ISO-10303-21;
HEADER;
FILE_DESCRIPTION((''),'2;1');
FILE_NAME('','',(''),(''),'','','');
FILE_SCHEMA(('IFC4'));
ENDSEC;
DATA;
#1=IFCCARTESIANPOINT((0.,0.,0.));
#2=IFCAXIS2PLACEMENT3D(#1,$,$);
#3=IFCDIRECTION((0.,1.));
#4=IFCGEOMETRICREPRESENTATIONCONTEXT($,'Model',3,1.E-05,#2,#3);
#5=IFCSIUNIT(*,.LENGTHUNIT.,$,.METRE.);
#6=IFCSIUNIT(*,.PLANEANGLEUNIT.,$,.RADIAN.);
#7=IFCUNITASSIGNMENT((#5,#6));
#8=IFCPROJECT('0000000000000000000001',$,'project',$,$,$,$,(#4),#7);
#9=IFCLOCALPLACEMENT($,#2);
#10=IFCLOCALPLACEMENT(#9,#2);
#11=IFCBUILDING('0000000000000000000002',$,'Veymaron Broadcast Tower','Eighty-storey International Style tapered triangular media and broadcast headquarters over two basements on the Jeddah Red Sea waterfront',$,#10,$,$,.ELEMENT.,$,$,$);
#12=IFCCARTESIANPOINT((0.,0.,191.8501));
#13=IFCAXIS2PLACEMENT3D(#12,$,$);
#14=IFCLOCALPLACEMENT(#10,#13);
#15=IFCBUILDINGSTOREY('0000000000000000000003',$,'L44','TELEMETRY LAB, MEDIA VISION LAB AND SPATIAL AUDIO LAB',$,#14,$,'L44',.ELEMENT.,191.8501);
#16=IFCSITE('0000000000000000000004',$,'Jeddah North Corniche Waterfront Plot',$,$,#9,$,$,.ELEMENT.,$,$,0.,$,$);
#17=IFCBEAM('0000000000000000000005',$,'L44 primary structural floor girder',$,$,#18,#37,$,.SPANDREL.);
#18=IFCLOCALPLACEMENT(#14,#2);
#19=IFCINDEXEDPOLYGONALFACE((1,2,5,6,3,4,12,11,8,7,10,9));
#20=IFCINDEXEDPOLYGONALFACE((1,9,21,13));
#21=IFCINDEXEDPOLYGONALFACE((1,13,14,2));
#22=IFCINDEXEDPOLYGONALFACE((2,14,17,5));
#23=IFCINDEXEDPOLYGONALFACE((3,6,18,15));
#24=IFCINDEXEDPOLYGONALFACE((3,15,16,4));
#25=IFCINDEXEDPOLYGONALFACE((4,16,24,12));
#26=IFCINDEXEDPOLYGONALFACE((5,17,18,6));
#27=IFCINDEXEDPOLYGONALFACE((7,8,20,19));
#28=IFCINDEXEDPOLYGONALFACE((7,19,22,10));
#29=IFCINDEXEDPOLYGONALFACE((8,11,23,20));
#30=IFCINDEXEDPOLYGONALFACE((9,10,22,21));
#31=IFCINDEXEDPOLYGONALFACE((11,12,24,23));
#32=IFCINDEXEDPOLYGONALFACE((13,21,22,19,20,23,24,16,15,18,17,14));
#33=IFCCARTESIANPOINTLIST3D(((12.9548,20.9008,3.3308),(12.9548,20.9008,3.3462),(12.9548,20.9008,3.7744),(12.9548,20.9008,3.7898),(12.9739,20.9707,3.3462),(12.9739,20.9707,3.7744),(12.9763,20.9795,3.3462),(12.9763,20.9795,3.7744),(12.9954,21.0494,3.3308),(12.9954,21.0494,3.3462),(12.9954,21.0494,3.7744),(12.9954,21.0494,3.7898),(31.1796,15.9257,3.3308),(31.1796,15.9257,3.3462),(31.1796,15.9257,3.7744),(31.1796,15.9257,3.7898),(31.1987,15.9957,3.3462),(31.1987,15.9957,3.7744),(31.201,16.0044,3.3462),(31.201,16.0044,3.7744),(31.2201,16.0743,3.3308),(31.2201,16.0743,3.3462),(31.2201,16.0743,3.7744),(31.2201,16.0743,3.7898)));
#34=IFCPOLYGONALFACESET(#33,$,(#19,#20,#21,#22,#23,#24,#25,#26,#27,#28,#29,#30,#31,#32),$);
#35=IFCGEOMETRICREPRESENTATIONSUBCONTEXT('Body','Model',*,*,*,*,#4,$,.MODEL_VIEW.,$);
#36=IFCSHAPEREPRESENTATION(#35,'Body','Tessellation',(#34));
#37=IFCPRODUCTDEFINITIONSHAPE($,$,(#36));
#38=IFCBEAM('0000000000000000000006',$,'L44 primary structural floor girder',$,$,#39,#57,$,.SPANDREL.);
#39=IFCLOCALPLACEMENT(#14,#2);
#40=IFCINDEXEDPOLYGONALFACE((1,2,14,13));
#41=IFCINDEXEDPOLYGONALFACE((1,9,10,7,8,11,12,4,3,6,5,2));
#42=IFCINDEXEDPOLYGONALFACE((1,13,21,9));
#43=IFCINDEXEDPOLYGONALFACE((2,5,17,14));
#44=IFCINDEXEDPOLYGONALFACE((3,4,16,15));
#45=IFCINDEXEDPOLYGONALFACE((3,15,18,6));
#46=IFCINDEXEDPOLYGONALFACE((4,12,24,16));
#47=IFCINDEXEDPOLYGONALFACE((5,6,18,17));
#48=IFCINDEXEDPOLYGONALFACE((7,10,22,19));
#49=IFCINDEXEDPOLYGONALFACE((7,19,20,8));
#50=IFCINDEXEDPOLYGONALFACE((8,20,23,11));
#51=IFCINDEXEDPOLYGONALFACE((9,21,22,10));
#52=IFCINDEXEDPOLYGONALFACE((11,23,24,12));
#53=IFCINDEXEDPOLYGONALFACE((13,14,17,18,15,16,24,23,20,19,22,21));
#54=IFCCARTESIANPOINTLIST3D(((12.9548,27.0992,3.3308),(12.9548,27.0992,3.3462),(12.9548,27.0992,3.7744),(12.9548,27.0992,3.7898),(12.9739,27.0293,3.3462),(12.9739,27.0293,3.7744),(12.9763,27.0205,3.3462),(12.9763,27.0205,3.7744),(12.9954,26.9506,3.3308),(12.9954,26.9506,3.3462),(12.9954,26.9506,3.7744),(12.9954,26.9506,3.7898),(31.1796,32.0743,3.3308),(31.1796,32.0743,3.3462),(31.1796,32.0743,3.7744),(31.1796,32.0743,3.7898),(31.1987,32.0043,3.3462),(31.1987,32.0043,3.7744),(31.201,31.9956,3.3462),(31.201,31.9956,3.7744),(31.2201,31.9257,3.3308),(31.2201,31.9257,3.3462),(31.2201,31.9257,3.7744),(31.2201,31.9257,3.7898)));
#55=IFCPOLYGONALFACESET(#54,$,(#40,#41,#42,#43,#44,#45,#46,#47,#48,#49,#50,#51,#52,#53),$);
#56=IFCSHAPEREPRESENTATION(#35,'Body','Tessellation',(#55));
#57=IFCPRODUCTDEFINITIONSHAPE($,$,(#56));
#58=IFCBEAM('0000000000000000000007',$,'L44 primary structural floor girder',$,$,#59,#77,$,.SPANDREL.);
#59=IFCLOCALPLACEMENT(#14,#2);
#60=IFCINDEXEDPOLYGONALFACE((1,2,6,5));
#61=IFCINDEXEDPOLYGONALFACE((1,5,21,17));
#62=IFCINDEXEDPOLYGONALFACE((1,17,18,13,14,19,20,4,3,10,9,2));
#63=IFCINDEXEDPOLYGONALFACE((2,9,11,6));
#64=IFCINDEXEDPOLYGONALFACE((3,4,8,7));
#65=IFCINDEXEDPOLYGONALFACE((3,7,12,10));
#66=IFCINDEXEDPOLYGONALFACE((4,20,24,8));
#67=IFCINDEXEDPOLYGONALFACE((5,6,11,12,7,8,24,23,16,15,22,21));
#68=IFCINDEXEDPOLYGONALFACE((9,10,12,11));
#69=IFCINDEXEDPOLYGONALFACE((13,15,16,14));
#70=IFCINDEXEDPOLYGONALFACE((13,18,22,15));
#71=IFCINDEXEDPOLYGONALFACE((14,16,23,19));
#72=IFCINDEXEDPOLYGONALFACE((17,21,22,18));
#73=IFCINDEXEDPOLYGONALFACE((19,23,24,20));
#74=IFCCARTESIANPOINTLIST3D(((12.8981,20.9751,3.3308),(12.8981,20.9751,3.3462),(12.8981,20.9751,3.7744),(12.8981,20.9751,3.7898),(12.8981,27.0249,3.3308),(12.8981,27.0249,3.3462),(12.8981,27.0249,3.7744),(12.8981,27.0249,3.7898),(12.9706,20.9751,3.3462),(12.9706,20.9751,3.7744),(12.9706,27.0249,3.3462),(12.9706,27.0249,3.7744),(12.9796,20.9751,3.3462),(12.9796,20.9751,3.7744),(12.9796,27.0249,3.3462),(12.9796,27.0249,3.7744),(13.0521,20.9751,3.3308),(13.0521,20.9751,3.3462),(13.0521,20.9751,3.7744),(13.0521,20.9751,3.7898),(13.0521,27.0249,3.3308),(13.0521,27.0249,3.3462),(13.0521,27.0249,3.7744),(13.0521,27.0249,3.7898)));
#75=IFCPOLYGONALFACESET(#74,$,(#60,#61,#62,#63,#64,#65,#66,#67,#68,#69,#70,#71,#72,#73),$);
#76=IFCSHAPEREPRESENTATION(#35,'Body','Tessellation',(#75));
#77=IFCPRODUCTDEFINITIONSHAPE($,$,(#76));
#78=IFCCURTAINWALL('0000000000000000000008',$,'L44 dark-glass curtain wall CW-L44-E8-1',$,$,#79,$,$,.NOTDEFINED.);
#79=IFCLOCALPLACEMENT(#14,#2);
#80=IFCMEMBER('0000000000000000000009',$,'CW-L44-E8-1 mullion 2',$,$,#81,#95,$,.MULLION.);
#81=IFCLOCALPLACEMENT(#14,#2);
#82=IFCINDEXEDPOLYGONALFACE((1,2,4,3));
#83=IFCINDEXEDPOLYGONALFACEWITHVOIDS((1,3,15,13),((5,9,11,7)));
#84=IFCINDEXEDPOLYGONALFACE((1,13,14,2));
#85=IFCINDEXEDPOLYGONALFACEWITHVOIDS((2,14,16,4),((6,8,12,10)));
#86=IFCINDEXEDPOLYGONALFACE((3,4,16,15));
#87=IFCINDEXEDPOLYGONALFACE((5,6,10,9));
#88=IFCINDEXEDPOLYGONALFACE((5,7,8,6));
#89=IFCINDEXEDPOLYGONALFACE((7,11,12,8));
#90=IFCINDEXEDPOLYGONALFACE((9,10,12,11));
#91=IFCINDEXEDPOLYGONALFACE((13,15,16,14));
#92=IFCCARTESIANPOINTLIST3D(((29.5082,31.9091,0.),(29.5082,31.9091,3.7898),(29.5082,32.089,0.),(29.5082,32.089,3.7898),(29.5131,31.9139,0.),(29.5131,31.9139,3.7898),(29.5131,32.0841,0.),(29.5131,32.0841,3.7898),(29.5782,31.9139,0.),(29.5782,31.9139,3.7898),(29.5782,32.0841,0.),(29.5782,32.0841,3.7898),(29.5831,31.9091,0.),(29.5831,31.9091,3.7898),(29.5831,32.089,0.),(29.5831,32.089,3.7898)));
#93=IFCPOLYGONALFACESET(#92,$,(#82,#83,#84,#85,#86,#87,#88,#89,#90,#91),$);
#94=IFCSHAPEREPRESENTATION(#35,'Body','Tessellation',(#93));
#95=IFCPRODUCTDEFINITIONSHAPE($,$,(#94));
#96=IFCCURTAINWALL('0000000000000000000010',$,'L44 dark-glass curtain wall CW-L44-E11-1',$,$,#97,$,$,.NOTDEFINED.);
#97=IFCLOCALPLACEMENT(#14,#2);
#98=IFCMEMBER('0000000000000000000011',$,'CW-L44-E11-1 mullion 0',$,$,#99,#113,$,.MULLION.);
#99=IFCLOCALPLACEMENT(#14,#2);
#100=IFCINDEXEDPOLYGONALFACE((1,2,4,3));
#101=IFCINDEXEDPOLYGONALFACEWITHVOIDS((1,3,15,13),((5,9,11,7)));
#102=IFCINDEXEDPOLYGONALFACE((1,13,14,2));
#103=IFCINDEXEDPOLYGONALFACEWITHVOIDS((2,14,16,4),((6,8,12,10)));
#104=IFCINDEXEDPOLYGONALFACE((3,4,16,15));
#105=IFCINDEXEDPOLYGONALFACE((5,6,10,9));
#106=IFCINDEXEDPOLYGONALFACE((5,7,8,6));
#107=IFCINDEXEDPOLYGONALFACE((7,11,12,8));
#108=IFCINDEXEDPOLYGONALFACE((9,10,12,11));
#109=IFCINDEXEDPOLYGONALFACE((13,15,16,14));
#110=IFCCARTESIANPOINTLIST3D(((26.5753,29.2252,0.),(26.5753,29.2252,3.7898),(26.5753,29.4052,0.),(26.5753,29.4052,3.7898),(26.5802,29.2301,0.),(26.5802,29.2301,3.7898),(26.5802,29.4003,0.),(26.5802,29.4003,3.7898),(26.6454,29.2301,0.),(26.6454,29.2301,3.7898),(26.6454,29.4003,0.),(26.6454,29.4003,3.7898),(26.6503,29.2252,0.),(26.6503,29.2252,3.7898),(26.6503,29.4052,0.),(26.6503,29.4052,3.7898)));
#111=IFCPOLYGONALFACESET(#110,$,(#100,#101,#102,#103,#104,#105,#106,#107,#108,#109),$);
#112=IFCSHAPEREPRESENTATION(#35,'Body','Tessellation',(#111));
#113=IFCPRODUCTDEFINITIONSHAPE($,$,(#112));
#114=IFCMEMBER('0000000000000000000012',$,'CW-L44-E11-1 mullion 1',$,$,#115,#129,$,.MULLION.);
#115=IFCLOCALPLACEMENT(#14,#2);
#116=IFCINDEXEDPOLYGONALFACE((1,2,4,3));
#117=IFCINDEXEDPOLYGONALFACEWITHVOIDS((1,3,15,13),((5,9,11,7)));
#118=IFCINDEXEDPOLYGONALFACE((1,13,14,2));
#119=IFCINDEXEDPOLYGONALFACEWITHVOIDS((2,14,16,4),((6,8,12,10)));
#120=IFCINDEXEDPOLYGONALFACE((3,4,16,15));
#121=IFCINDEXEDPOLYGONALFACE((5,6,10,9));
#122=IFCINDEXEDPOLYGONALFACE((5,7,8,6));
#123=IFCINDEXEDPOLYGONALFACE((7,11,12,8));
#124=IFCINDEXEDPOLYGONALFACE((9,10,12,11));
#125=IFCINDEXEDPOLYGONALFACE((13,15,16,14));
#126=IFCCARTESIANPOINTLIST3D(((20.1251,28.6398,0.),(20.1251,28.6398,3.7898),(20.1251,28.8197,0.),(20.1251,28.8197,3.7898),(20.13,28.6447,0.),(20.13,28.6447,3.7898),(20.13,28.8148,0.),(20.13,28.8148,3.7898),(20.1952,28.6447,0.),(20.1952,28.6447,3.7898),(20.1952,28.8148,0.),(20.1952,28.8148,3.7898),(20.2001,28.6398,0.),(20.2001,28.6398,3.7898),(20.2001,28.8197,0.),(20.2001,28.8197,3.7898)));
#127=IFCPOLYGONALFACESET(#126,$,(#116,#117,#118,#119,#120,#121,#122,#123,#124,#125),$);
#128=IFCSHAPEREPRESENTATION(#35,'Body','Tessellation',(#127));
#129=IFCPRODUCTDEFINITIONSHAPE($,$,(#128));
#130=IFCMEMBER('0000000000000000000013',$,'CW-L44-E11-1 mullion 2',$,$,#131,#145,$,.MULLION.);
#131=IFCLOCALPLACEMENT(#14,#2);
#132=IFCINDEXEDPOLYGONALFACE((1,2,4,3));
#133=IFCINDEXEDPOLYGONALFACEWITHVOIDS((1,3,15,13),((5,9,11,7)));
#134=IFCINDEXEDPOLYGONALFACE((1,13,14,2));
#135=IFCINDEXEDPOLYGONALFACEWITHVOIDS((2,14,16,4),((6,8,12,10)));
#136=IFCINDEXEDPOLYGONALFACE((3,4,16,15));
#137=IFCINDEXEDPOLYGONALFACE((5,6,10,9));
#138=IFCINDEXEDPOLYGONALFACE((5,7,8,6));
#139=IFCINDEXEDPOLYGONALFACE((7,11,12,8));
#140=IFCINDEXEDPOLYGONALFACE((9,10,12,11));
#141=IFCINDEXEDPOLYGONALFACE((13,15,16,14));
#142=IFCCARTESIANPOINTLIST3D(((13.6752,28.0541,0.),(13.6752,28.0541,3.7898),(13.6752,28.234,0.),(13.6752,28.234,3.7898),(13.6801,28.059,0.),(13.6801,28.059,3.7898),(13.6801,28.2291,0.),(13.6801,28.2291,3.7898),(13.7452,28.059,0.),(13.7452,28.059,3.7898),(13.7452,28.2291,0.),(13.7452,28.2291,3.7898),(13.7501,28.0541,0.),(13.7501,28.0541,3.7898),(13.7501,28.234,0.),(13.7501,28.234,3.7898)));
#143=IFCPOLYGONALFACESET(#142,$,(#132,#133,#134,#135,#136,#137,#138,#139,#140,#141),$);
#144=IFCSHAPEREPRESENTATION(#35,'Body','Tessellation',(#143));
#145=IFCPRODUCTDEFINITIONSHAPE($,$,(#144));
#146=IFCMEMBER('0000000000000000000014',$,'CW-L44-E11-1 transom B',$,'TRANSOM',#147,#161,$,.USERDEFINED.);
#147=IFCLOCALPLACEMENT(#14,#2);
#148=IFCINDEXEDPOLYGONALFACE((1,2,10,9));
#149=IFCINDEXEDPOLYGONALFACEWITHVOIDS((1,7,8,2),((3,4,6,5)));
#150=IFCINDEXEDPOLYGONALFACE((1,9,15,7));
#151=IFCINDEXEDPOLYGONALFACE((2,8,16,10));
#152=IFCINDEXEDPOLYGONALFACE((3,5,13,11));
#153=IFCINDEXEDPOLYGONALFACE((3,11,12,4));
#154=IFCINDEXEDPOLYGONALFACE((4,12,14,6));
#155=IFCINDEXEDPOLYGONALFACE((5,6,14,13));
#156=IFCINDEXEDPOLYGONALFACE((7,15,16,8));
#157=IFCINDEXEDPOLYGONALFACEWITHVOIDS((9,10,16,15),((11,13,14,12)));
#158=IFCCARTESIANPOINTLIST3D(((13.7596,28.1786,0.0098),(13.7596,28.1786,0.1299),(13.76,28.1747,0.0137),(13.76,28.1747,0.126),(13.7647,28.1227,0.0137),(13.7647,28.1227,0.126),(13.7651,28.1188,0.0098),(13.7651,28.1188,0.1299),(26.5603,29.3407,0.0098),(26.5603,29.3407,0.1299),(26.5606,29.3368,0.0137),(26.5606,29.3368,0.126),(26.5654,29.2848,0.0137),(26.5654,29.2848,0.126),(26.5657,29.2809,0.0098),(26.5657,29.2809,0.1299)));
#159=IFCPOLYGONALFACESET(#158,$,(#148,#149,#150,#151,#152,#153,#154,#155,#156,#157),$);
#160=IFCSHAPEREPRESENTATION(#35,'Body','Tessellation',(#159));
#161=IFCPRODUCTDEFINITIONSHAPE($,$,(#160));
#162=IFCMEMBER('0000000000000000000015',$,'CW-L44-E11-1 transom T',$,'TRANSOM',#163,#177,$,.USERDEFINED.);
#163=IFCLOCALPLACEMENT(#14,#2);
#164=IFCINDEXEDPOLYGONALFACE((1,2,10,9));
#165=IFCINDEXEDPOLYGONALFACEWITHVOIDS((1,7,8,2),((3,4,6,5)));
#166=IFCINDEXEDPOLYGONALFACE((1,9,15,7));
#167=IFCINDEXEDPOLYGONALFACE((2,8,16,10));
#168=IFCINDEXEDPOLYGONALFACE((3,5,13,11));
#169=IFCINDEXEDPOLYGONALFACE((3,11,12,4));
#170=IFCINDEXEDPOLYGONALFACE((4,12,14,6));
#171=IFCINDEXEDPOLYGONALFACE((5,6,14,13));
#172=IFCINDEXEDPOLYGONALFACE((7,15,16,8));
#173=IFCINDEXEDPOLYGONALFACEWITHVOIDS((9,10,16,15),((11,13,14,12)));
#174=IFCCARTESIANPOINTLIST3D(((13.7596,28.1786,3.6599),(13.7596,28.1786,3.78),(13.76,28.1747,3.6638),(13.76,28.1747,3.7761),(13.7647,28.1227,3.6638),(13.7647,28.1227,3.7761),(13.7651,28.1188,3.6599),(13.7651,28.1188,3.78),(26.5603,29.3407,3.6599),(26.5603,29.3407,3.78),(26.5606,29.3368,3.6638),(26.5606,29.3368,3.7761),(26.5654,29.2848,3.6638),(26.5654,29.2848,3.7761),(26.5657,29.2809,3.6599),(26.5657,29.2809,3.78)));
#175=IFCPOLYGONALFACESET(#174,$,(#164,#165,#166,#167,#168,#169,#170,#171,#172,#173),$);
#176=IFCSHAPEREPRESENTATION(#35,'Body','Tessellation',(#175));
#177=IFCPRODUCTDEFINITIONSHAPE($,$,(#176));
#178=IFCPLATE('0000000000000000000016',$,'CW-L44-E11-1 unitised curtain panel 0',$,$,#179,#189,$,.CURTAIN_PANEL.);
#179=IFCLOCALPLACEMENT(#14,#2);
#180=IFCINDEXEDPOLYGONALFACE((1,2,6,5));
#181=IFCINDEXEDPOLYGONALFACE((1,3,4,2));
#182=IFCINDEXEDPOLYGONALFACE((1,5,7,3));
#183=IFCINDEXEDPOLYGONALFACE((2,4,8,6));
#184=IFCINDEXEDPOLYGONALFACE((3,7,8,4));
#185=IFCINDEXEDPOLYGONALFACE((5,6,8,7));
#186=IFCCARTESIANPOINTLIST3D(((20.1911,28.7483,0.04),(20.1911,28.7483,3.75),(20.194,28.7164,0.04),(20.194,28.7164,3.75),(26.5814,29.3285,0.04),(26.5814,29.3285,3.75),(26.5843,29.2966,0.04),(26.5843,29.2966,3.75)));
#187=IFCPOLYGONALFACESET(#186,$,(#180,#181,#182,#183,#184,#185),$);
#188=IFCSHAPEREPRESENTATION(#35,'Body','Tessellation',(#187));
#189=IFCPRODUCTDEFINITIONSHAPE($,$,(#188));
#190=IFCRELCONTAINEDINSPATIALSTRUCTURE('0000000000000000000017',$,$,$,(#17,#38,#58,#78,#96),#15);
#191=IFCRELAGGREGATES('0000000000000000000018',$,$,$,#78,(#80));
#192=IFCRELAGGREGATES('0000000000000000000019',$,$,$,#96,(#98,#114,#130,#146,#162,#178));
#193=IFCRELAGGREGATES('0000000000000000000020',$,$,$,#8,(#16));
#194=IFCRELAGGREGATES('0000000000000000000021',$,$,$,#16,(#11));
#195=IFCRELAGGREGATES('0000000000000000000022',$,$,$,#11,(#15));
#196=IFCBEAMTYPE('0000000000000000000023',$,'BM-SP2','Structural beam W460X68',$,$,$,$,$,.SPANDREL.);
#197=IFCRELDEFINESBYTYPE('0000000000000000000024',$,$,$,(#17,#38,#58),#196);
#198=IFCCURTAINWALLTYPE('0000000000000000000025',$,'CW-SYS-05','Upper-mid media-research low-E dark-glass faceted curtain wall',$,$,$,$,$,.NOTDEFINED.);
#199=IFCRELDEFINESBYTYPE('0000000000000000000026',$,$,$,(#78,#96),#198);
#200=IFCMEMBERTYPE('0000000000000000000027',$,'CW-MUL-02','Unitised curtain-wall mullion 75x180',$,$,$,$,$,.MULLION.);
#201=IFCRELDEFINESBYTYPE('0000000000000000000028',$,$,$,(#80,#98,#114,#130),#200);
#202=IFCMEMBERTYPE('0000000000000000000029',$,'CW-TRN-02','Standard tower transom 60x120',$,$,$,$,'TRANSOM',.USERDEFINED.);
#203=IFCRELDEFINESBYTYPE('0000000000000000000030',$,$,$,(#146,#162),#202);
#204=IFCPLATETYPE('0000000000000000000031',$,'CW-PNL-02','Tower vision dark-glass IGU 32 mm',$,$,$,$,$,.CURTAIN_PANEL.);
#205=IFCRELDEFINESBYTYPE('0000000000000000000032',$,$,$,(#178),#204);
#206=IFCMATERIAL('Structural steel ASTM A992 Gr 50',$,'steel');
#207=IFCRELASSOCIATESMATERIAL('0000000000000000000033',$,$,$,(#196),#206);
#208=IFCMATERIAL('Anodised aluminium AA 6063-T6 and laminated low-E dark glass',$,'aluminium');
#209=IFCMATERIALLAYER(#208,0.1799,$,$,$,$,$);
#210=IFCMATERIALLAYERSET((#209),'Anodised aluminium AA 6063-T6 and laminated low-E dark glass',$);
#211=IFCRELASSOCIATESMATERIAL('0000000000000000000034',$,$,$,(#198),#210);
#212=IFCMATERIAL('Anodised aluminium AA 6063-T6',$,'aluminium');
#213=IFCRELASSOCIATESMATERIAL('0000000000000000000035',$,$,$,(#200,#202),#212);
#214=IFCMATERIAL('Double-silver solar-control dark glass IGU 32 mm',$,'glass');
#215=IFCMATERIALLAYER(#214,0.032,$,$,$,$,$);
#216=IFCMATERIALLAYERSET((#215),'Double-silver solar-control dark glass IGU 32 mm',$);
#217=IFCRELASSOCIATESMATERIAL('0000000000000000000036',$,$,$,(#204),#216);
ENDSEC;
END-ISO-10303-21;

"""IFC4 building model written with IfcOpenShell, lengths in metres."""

from ifc_helpers import new_model, si_unit, direction, frame, origin, origin_2d, place, context, subcontext, project, spatial, rectangle, hollow_rectangle, i_section, extrude, material, layer, layer_set, material_profile, profile_set, type_object, element, aggregate, save


model = new_model("IFC4")

# Units and contexts
model_context = context("Model", 3, precision=1e-05, world=origin(), true_north=direction((0.0, 1.0)))
body_context = subcontext(model_context, "Body", "Model", "MODEL_VIEW")
ifc_project = project(units=[si_unit("LENGTHUNIT", "METRE"), si_unit("PLANEANGLEUNIT", "RADIAN")], contexts=[model_context])

# Site, building, storey
site_placement = place(None, origin())
site = spatial("IfcSite", under=ifc_project, at=site_placement, Name="Jeddah North Corniche Waterfront Plot", CompositionType="ELEMENT", RefElevation=0.0)
building_placement = place(site_placement, origin())
building = spatial("IfcBuilding", under=site, at=building_placement, Name="Veymaron Broadcast Tower", Description="Eighty-storey International Style tapered triangular media and broadcast headquarters over two basements on the Jeddah Red Sea waterfront", CompositionType="ELEMENT")
storey_placement = place(building_placement, frame((0.0, 0.0, 191.8501)))
storey = spatial("IfcBuildingStorey", under=building, at=storey_placement, Name="L44", Description="TELEMETRY LAB, MEDIA VISION LAB AND SPATIAL AUDIO LAB", LongName="L44", CompositionType="ELEMENT", Elevation=191.8501)

# Beams
ifc_material_1 = material(Name="Structural steel ASTM A992 Gr 50", Category="steel")
ifc_material_profile_1 = material_profile(ifc_material_1, i_section(OverallWidth=0.1541, OverallDepth=0.459, WebThickness=0.009, FlangeThickness=0.0154, at=origin_2d()), Name="W460X68")
ifc_profile_set_1 = profile_set([ifc_material_profile_1], Name="Structural steel ASTM A992 Gr 50")
beam_type_1 = type_object("IfcBeamType", Name="BM-SP2", Description="Structural beam W460X68", PredefinedType="SPANDREL", material=ifc_profile_set_1)
for number, where, z_axis, x_axis, name in (
    (1, (12.9751, 20.9751, 3.5603), (0.964701, -0.263348, 0.0), (0.263348, 0.964701, 0.0), "L44 primary structural floor girder"),
    (2, (12.9751, 27.0249, 3.5603), (0.964701, 0.263348, 0.0), (-0.263348, 0.964701, 0.0), "L44 primary structural floor girder"),
):
    element("IfcBeam", number, at=place(storey_placement, frame(where, z_axis=z_axis, x_axis=x_axis)), inside=storey, type_object=beam_type_1, Name=name, PredefinedType="SPANDREL", context=body_context, shape_type="SweptSolid", body=[
        extrude(i_section(OverallWidth=0.1541, OverallDepth=0.459, WebThickness=0.009, FlangeThickness=0.0154, at=origin_2d()), origin(), (0.0, 0.0, 1.0), 18.8916),
    ])
beam_1_placement = place(storey_placement, frame((12.9751, 20.9751, 3.5603), z_axis=(0.0, 1.0, 0.0), x_axis=(-1.0, 0.0, 0.0)))
element("IfcBeam", 3, at=beam_1_placement, inside=storey, type_object=beam_type_1, Name="L44 primary structural floor girder", PredefinedType="SPANDREL", context=body_context, shape_type="SweptSolid", body=[
    extrude(i_section(OverallWidth=0.1541, OverallDepth=0.459, WebThickness=0.009, FlangeThickness=0.0154, at=origin_2d()), origin(), (0.0, 0.0, 1.0), 6.0498),
])

# Curtain wall, member
ifc_material_2 = material(Name="Anodised aluminium AA 6063-T6 and laminated low-E dark glass", Category="aluminium")
ifc_layer_1 = layer(ifc_material_2, 0.1799)
ifc_layer_set_1 = layer_set([ifc_layer_1], Name="Anodised aluminium AA 6063-T6 and laminated low-E dark glass")
curtain_wall_type = type_object("IfcCurtainWallType", Name="CW-SYS-05", Description="Upper-mid media-research low-E dark-glass faceted curtain wall", PredefinedType="NOTDEFINED", material=ifc_layer_set_1)
curtain_wall_1_placement = place(storey_placement, origin())
curtain_wall_1 = element("IfcCurtainWall", 4, at=curtain_wall_1_placement, inside=storey, type_object=curtain_wall_type, Name="L44 dark-glass curtain wall CW-L44-E8-1", PredefinedType="NOTDEFINED")
ifc_material_3 = material(Name="Anodised aluminium AA 6063-T6", Category="aluminium")
ifc_material_profile_2 = material_profile(ifc_material_3, hollow_rectangle(XDim=0.075, YDim=0.1799, WallThickness=0.0049, at=origin_2d()), Name="AL180X75X5")
ifc_profile_set_2 = profile_set([ifc_material_profile_2], Name="Anodised aluminium AA 6063-T6")
member_type_1 = type_object("IfcMemberType", Name="CW-MUL-02", Description="Unitised curtain-wall mullion 75x180", PredefinedType="MULLION", material=ifc_profile_set_2)
member_1_placement = place(storey_placement, frame((29.5457, 31.999, 0.0), z_axis=(0.0, 0.0, 1.0), x_axis=(1.0, 0.0, 0.0)))
member_1 = element("IfcMember", 5, at=member_1_placement, type_object=member_type_1, Name="CW-L44-E8-1 mullion 2", PredefinedType="MULLION", context=body_context, shape_type="SweptSolid", body=[
    extrude(hollow_rectangle(XDim=0.075, YDim=0.1799, WallThickness=0.0049, at=origin_2d()), origin(), (0.0, 0.0, 1.0), 3.7898),
])
aggregate(curtain_wall_1, [member_1])

# Curtain wall, members, plate
curtain_wall_2_placement = place(storey_placement, origin())
curtain_wall_2 = element("IfcCurtainWall", 6, at=curtain_wall_2_placement, inside=storey, type_object=curtain_wall_type, Name="L44 dark-glass curtain wall CW-L44-E11-1", PredefinedType="NOTDEFINED")
member_2_placement = place(storey_placement, frame((26.6128, 29.3152, 0.0), z_axis=(0.0, 0.0, 1.0), x_axis=(1.0, 0.0, 0.0)))
member_2 = element("IfcMember", 7, at=member_2_placement, type_object=member_type_1, Name="CW-L44-E11-1 mullion 0", PredefinedType="MULLION", context=body_context, shape_type="SweptSolid", body=[
    extrude(hollow_rectangle(XDim=0.075, YDim=0.1799, WallThickness=0.0049, at=origin_2d()), origin(), (0.0, 0.0, 1.0), 3.7898),
])
member_3_placement = place(storey_placement, frame((20.1626, 28.7297, 0.0), z_axis=(0.0, 0.0, 1.0), x_axis=(1.0, 0.0, 0.0)))
member_3 = element("IfcMember", 8, at=member_3_placement, type_object=member_type_1, Name="CW-L44-E11-1 mullion 1", PredefinedType="MULLION", context=body_context, shape_type="SweptSolid", body=[
    extrude(hollow_rectangle(XDim=0.075, YDim=0.1799, WallThickness=0.0049, at=origin_2d()), origin(), (0.0, 0.0, 1.0), 3.7898),
])
member_4_placement = place(storey_placement, frame((13.7126, 28.144, 0.0), z_axis=(0.0, 0.0, 1.0), x_axis=(1.0, 0.0, 0.0)))
member_4 = element("IfcMember", 9, at=member_4_placement, type_object=member_type_1, Name="CW-L44-E11-1 mullion 2", PredefinedType="MULLION", context=body_context, shape_type="SweptSolid", body=[
    extrude(hollow_rectangle(XDim=0.075, YDim=0.1799, WallThickness=0.0049, at=origin_2d()), origin(), (0.0, 0.0, 1.0), 3.7898),
])
ifc_material_profile_3 = material_profile(ifc_material_3, hollow_rectangle(XDim=0.0601, YDim=0.1201, WallThickness=0.0039, at=origin_2d()), Name="AL120X60X4")
ifc_profile_set_3 = profile_set([ifc_material_profile_3], Name="Anodised aluminium AA 6063-T6")
member_type_2 = type_object("IfcMemberType", Name="CW-TRN-02", Description="Standard tower transom 60x120", ElementType="TRANSOM", PredefinedType="USERDEFINED", material=ifc_profile_set_3)
member_5_placement = place(storey_placement, frame((26.563, 29.3108, 0.0698), z_axis=(-0.995904, -0.090414, 0.0), x_axis=(0.090414, -0.995904, 0.0)))
member_5 = element("IfcMember", 10, at=member_5_placement, type_object=member_type_2, Name="CW-L44-E11-1 transom B", ObjectType="TRANSOM", PredefinedType="USERDEFINED", context=body_context, shape_type="SweptSolid", body=[
    extrude(hollow_rectangle(XDim=0.0601, YDim=0.1201, WallThickness=0.0039, at=origin_2d()), origin(), (0.0, 0.0, 1.0), 12.8533),
])
member_6_placement = place(storey_placement, frame((26.563, 29.3108, 3.72), z_axis=(-0.995904, -0.090414, 0.0), x_axis=(0.090414, -0.995904, 0.0)))
member_6 = element("IfcMember", 11, at=member_6_placement, type_object=member_type_2, Name="CW-L44-E11-1 transom T", ObjectType="TRANSOM", PredefinedType="USERDEFINED", context=body_context, shape_type="SweptSolid", body=[
    extrude(hollow_rectangle(XDim=0.0601, YDim=0.1201, WallThickness=0.0039, at=origin_2d()), origin(), (0.0, 0.0, 1.0), 12.8533),
])
ifc_material_4 = material(Name="Double-silver solar-control dark glass IGU 32 mm", Category="glass")
ifc_layer_2 = layer(ifc_material_4, 0.032)
ifc_layer_set_2 = layer_set([ifc_layer_2], Name="Double-silver solar-control dark glass IGU 32 mm")
plate_type = type_object("IfcPlateType", Name="CW-PNL-02", Description="Tower vision dark-glass IGU 32 mm", PredefinedType="CURTAIN_PANEL", material=ifc_layer_set_2)
plate_1_placement = place(storey_placement, frame((23.3877, 29.0225, 0.04), z_axis=(0.0, 0.0, 1.0), x_axis=(-0.995903, -0.090424, 0.0)))
plate_1 = element("IfcPlate", 12, at=plate_1_placement, type_object=plate_type, Name="CW-L44-E11-1 unitised curtain panel 0", PredefinedType="CURTAIN_PANEL", context=body_context, shape_type="SweptSolid", body=[
    extrude(rectangle(XDim=6.4165, YDim=0.032, at=origin_2d()), origin(), (0.0, 0.0, 1.0), 3.71),
])
aggregate(curtain_wall_2, [member_2, member_3, member_4, member_5, member_6, plate_1])

save(model, "model.ifc")
